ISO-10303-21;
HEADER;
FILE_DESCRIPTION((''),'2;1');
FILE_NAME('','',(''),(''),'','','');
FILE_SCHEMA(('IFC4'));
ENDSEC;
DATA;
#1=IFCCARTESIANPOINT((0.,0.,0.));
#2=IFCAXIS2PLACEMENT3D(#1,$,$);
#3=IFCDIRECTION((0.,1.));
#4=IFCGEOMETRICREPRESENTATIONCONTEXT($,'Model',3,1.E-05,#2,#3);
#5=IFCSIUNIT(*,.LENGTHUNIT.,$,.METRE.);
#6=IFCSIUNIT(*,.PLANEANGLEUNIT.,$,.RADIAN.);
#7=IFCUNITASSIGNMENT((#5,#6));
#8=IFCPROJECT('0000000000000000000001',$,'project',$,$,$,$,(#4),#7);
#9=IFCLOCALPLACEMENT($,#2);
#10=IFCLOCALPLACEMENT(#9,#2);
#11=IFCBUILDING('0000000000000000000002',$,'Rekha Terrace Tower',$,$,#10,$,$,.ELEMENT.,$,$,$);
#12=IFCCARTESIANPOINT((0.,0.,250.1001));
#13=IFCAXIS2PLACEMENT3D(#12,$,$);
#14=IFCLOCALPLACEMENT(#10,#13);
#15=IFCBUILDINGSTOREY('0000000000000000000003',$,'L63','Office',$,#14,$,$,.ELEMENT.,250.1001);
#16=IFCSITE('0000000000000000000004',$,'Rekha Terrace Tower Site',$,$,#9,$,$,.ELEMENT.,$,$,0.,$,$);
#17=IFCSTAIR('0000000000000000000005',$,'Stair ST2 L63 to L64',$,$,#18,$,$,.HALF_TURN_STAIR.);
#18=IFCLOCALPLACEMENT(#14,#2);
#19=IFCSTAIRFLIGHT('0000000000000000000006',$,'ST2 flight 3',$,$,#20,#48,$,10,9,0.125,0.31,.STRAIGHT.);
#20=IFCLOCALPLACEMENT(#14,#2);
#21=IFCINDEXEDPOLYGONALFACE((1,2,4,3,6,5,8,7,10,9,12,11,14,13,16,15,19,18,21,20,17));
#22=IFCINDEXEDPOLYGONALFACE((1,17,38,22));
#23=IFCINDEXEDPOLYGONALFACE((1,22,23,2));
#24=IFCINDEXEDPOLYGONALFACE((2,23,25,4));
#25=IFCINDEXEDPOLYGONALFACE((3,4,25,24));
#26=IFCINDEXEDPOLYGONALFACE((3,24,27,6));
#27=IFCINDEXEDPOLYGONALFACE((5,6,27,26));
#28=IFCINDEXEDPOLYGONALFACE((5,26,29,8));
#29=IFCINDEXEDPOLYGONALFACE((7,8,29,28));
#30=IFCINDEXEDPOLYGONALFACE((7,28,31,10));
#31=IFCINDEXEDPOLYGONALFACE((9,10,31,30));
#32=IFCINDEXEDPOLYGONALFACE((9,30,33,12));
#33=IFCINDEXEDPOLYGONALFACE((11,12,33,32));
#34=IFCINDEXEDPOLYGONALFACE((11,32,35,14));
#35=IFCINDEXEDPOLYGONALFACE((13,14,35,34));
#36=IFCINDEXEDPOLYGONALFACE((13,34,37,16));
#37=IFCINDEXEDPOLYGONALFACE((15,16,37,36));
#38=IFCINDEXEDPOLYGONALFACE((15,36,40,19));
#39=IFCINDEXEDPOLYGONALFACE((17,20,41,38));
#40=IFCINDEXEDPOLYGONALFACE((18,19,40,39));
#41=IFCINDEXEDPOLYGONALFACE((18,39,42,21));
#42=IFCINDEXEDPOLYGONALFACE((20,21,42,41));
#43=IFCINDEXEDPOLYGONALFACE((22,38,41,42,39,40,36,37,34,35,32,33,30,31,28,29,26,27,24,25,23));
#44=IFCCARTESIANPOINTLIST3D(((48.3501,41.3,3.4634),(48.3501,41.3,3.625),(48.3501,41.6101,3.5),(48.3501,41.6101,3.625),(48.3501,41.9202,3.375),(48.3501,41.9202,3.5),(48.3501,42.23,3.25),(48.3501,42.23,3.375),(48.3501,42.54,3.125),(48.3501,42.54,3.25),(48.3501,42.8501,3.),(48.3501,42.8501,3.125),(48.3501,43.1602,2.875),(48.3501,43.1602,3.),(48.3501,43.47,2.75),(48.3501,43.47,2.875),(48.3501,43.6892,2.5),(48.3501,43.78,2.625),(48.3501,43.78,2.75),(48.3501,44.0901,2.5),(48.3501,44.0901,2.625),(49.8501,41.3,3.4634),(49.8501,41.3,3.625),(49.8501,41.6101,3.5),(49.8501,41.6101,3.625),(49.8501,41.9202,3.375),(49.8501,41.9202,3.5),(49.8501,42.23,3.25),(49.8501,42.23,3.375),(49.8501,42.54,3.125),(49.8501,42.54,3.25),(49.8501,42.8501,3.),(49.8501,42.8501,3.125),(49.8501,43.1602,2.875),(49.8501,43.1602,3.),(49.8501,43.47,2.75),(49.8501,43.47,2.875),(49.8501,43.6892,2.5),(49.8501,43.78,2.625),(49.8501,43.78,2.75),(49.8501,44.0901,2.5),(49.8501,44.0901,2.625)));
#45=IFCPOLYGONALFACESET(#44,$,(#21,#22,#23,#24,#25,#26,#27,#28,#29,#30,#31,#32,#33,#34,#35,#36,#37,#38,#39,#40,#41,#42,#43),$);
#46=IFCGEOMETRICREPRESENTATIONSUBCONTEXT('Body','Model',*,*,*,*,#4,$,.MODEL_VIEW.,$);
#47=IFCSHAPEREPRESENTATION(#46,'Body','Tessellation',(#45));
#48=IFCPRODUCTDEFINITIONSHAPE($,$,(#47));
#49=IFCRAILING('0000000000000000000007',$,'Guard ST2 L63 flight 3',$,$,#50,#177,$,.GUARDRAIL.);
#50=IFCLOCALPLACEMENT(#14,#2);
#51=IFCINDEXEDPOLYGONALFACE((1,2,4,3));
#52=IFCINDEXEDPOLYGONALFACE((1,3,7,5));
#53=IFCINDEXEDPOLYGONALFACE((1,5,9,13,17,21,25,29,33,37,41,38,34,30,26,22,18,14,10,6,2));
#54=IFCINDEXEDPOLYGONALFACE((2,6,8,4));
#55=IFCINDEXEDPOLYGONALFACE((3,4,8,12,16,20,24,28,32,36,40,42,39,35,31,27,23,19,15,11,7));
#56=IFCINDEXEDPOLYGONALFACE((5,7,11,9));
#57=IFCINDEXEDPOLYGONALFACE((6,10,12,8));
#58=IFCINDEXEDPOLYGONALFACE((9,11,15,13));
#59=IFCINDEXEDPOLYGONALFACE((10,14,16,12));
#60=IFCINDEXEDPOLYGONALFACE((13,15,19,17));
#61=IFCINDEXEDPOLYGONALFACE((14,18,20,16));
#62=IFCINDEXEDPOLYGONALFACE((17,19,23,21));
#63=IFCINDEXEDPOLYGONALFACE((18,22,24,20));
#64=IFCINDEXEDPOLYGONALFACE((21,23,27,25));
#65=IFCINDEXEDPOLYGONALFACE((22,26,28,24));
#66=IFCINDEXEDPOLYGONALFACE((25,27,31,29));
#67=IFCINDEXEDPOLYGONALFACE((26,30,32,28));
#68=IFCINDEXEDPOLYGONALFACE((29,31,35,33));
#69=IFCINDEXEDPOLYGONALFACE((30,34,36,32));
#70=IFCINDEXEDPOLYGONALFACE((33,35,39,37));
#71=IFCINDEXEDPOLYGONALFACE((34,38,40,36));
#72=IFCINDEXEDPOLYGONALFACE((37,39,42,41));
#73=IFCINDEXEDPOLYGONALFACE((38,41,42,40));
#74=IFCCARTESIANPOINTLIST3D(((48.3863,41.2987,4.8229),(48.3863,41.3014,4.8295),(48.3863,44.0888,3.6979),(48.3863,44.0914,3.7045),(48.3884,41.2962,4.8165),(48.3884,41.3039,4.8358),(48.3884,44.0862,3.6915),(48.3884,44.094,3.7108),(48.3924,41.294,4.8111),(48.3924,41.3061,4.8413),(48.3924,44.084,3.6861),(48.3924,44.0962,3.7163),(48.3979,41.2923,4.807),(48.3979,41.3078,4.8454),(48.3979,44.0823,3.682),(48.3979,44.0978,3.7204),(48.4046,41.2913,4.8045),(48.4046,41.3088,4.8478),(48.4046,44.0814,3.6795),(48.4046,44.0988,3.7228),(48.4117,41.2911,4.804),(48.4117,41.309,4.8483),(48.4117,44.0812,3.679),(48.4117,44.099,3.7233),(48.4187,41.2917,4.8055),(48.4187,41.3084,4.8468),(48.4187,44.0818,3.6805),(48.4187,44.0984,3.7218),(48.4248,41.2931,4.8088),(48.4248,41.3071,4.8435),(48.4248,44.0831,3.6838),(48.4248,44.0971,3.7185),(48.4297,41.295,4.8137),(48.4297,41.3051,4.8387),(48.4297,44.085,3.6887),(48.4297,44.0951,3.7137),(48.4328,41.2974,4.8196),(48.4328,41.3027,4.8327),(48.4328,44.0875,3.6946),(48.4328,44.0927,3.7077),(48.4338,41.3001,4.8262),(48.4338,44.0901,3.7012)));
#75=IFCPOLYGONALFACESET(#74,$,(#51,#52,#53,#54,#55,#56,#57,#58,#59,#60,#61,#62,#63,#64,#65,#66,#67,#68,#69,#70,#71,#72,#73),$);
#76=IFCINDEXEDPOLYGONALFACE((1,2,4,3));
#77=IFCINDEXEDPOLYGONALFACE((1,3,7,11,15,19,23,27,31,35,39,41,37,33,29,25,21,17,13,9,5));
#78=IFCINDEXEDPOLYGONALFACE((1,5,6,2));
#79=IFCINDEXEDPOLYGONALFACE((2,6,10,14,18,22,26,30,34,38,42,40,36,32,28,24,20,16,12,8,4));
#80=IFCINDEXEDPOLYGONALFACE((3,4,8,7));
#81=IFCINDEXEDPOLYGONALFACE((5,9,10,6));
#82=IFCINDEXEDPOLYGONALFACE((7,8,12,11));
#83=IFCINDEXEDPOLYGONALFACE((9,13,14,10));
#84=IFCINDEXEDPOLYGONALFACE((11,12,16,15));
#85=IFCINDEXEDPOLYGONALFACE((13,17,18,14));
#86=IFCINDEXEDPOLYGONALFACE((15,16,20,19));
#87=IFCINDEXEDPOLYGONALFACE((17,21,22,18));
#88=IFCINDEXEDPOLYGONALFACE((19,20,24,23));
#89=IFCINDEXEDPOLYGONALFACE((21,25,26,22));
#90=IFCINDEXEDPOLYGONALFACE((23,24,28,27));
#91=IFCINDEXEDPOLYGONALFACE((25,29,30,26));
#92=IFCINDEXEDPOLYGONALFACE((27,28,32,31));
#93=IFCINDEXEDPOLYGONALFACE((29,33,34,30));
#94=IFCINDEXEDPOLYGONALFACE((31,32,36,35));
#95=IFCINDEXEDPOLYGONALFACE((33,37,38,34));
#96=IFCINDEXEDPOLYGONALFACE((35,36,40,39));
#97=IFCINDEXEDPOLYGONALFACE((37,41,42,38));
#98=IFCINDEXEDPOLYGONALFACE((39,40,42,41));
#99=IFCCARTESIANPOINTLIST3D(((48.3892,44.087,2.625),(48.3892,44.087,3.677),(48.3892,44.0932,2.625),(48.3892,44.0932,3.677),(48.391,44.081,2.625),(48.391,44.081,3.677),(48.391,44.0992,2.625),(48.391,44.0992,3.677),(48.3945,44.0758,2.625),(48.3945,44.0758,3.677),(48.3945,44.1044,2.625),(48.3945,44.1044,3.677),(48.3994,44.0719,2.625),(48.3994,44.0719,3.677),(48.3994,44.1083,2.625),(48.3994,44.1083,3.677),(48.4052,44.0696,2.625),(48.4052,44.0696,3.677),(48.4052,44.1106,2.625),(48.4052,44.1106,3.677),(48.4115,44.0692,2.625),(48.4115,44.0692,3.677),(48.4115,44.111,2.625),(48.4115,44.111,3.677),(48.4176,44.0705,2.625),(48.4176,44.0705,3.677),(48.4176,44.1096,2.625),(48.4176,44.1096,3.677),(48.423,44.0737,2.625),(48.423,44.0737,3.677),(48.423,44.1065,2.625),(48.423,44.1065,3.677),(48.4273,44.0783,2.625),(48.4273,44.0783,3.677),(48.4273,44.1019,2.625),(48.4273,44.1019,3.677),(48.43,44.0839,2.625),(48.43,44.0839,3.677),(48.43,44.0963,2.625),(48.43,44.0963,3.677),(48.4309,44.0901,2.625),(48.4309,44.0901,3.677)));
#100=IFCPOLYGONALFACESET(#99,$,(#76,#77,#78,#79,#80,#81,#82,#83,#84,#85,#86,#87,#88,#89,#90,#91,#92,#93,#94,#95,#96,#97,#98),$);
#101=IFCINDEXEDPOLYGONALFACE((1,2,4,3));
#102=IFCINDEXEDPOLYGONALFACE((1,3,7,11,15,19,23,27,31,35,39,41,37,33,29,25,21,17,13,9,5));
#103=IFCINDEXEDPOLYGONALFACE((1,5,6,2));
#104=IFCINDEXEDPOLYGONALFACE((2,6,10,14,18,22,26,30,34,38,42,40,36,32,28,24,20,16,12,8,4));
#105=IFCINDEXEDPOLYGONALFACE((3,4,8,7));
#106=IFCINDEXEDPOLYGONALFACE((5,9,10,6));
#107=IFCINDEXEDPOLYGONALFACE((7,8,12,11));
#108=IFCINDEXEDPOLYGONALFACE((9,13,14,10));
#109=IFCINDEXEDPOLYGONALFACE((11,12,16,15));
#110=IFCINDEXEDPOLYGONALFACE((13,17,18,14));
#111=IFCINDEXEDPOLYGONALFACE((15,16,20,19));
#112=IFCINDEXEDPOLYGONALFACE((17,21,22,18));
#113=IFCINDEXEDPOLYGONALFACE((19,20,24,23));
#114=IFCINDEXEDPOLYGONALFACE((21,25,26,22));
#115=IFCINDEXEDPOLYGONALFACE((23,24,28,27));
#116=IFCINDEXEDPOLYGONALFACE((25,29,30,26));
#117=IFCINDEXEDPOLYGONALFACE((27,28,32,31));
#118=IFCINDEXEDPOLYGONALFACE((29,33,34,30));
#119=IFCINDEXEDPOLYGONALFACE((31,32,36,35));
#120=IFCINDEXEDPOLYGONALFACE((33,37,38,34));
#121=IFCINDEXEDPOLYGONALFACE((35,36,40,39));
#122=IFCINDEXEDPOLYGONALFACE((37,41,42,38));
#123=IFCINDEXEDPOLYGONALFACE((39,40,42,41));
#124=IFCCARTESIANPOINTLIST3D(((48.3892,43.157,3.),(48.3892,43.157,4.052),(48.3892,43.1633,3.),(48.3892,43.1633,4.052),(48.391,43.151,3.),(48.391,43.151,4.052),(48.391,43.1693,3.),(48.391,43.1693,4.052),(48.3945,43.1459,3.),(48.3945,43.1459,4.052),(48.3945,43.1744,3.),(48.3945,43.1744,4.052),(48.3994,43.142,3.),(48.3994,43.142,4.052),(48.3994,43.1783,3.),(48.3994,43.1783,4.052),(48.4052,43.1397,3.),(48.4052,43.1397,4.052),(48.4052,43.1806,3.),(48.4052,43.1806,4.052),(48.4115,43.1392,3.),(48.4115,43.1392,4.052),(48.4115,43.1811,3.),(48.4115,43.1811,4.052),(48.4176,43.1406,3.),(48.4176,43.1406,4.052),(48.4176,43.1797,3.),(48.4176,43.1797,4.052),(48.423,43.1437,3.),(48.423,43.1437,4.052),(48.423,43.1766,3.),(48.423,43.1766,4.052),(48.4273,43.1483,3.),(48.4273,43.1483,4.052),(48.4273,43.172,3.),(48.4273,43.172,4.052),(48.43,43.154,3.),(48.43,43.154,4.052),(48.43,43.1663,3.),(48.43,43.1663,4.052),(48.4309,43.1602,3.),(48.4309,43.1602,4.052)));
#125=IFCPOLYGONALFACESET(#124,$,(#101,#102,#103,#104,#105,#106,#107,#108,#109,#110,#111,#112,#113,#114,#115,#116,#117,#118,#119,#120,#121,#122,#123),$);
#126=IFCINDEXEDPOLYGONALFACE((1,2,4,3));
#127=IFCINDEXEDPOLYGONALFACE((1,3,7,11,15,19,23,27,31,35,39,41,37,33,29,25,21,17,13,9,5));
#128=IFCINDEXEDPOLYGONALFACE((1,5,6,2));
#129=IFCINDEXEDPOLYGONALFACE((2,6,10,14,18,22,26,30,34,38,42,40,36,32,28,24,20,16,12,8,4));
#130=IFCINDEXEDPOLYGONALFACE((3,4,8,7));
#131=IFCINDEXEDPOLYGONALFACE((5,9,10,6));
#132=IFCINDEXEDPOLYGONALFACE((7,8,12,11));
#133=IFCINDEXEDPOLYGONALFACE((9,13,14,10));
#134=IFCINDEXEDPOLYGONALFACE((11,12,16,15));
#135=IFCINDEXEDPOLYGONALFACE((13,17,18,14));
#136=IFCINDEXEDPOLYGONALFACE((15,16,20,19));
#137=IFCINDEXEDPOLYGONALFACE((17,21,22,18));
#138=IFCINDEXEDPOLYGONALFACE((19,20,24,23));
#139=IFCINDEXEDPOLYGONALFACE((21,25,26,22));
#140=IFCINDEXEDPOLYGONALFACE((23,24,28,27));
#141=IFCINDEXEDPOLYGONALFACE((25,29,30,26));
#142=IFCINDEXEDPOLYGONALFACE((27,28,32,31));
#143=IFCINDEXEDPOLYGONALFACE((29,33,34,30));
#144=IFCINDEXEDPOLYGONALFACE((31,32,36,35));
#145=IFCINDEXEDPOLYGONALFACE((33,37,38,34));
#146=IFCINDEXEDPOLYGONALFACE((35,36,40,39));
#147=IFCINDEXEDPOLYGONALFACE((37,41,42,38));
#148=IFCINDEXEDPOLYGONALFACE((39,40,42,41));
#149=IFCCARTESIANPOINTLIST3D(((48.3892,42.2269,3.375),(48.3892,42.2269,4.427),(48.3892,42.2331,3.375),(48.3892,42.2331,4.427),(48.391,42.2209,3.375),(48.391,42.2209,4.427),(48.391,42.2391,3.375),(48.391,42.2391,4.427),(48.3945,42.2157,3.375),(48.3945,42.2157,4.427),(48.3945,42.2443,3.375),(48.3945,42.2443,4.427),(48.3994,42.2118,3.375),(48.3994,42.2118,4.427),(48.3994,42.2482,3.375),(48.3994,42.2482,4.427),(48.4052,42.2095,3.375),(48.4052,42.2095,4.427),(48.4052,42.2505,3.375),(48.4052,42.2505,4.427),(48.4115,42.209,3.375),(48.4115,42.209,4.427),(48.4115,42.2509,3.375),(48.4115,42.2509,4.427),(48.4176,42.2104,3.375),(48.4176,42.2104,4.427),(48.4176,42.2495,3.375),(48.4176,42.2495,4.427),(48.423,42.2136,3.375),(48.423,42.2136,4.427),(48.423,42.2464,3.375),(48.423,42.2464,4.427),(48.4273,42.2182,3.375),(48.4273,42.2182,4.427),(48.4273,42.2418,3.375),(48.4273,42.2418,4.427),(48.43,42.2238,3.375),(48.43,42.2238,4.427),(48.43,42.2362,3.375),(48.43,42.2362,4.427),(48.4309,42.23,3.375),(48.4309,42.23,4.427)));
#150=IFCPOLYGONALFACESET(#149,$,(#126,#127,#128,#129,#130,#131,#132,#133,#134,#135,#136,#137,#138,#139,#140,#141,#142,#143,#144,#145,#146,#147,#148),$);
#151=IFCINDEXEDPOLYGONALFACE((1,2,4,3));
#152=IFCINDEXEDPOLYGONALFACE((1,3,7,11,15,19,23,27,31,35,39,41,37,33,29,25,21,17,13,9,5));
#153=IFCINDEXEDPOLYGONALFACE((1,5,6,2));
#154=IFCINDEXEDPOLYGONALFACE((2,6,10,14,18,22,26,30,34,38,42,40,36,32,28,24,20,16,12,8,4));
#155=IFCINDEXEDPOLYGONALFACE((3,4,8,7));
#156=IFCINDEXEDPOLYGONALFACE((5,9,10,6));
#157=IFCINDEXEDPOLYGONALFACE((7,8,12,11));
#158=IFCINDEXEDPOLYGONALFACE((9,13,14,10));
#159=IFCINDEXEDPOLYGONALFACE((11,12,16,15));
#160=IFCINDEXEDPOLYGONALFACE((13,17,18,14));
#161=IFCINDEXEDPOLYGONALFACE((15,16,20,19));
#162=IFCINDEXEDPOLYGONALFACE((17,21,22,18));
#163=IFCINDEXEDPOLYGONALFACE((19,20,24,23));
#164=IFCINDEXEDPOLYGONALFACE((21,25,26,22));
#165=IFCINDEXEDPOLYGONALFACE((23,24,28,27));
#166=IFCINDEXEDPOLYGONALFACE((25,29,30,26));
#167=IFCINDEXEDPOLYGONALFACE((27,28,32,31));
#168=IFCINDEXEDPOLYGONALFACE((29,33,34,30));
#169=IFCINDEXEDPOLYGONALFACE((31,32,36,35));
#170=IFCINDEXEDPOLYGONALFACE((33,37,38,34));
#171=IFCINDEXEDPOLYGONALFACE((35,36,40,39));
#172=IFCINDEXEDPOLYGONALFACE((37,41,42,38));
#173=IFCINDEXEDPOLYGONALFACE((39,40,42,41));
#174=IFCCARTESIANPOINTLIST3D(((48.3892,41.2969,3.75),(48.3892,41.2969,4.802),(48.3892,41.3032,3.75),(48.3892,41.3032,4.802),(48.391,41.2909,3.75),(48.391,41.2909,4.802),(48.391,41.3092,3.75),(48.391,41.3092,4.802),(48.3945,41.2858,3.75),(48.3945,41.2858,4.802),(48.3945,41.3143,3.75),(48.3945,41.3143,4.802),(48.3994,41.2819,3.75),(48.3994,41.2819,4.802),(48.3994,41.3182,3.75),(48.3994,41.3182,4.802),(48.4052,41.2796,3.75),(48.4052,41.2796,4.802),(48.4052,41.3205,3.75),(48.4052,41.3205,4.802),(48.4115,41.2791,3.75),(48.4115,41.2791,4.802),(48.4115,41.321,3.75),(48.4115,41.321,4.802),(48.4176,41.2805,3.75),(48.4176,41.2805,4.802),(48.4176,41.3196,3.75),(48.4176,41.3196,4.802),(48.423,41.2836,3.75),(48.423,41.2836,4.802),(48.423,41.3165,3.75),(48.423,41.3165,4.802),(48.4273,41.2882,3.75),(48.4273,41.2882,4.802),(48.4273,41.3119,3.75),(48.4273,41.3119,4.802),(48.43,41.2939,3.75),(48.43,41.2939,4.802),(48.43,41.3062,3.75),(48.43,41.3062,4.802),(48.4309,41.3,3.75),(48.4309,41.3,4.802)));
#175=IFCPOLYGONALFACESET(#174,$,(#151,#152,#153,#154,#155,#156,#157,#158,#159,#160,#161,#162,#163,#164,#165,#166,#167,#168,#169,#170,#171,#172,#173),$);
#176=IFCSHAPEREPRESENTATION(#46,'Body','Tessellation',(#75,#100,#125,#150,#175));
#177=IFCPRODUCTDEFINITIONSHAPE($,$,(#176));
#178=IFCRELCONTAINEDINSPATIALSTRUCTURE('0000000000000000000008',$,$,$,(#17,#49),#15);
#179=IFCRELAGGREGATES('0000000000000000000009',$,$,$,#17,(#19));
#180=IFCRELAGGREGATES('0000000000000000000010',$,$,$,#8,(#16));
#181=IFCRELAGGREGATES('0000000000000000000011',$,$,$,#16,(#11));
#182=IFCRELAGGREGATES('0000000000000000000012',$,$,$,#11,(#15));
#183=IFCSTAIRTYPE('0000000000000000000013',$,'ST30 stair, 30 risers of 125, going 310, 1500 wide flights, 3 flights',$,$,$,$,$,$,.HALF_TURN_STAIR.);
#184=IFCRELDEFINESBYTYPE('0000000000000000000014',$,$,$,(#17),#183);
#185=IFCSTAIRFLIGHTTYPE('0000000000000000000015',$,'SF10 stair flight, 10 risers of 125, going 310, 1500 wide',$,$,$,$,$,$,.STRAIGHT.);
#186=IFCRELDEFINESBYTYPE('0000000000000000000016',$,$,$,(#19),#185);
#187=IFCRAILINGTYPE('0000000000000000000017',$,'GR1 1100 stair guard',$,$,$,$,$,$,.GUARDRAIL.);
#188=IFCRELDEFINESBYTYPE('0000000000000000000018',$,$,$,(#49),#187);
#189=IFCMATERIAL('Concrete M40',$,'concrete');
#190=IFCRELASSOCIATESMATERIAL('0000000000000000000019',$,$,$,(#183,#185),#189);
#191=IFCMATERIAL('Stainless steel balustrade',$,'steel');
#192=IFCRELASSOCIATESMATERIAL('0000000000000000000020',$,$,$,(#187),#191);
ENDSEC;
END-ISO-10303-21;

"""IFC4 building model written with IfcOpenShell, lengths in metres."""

from ifc_helpers import new_model, si_unit, direction, frame, origin, origin_2d, place, context, subcontext, project, spatial, polyline, circle, outline, extrude, material, type_object, element, aggregate, save


model = new_model("IFC4")

# Units and contexts
model_context = context("Model", 3, precision=1e-05, world=origin(), true_north=direction((0.0, 1.0)))
body_context = subcontext(model_context, "Body", "Model", "MODEL_VIEW")
ifc_project = project(units=[si_unit("LENGTHUNIT", "METRE"), si_unit("PLANEANGLEUNIT", "RADIAN")], contexts=[model_context])

# Site, building, storey
site_placement = place(None, origin())
site = spatial("IfcSite", under=ifc_project, at=site_placement, Name="Rekha Terrace Tower Site", CompositionType="ELEMENT", RefElevation=0.0)
building_placement = place(site_placement, origin())
building = spatial("IfcBuilding", under=site, at=building_placement, Name="Rekha Terrace Tower", CompositionType="ELEMENT")
storey_placement = place(building_placement, frame((0.0, 0.0, 250.1001)))
storey = spatial("IfcBuildingStorey", under=building, at=storey_placement, Name="L63", Description="Office", CompositionType="ELEMENT", Elevation=250.1001)

# Stair, stair flight
ifc_material_1 = material(Name="Concrete M40", Category="concrete")
stair_type = type_object("IfcStairType", Name="ST30 stair, 30 risers of 125, going 310, 1500 wide flights, 3 flights", PredefinedType="HALF_TURN_STAIR", material=ifc_material_1)
stair_placement = place(storey_placement, origin())
stair = element("IfcStair", 1, at=stair_placement, inside=storey, type_object=stair_type, Name="Stair ST2 L63 to L64", PredefinedType="HALF_TURN_STAIR")
stair_flight_type = type_object("IfcStairFlightType", Name="SF10 stair flight, 10 risers of 125, going 310, 1500 wide", PredefinedType="STRAIGHT", material=ifc_material_1)
stair_flight_placement = place(storey_placement, frame((49.1001, 44.0901, 2.5), z_axis=(0.0, 0.0, 1.0), x_axis=(0.0, -1.0, 0.0)))
stair_flight = element("IfcStairFlight", 2, at=stair_flight_placement, type_object=stair_flight_type, Name="ST2 flight 3", NumberOfRisers=10, NumberOfTreads=9, PredefinedType="STRAIGHT", RiserHeight=0.125, TreadLength=0.31, context=body_context, shape_type="SweptSolid", body=[
    extrude(outline(polyline([(0.0, 0.0), (0.0, 0.125), (0.3101, 0.125), (0.3101, 0.25), (0.6201, 0.25), (0.6201, 0.375), (0.9299, 0.375), (0.9299, 0.5), (1.24, 0.5), (1.24, 0.625), (1.55, 0.625), (1.55, 0.75), (1.8601, 0.75), (1.8601, 0.875), (2.1699, 0.875), (2.1699, 1.0), (2.48, 1.0), (2.48, 1.125), (2.79, 1.125), (2.79, 1.25), (2.79, 0.9634), (0.4009, 0.0), (0.0, 0.0)])), frame((0.0, 0.75, 0.0), z_axis=(0.0, -1.0, 0.0), x_axis=(1.0, 0.0, 0.0)), (0.0, 0.0, 1.0), 1.5),
])
aggregate(stair, [stair_flight])

# Railing
ifc_material_2 = material(Name="Stainless steel balustrade", Category="steel")
railing_type = type_object("IfcRailingType", Name="GR1 1100 stair guard", PredefinedType="GUARDRAIL", material=ifc_material_2)
railing_1_placement = place(storey_placement, frame((48.4099, 44.0901, 2.625)))
element("IfcRailing", 3, at=railing_1_placement, inside=storey, type_object=railing_type, Name="Guard ST2 L63 flight 3", PredefinedType="GUARDRAIL", context=body_context, shape_type="SweptSolid", body=[
    extrude(circle(Radius=0.0239, at=origin_2d()), frame((0.0, 0.0, 1.0762), z_axis=(0.0, -0.927443, 0.373964), x_axis=(1.0, 0.0, 0.0)), (0.0, 0.0, 1.0), 3.0083),
    extrude(circle(Radius=0.021, at=origin_2d()), origin(), (0.0, 0.0, 1.0), 1.052),
    extrude(circle(Radius=0.021, at=origin_2d()), frame((0.0, -0.9299, 0.375)), (0.0, 0.0, 1.0), 1.052),
    extrude(circle(Radius=0.021, at=origin_2d()), frame((0.0, -1.8601, 0.75)), (0.0, 0.0, 1.0), 1.052),
    extrude(circle(Radius=0.021, at=origin_2d()), frame((0.0, -2.79, 1.125)), (0.0, 0.0, 1.0), 1.052),
])

save(model, "model.ifc")
